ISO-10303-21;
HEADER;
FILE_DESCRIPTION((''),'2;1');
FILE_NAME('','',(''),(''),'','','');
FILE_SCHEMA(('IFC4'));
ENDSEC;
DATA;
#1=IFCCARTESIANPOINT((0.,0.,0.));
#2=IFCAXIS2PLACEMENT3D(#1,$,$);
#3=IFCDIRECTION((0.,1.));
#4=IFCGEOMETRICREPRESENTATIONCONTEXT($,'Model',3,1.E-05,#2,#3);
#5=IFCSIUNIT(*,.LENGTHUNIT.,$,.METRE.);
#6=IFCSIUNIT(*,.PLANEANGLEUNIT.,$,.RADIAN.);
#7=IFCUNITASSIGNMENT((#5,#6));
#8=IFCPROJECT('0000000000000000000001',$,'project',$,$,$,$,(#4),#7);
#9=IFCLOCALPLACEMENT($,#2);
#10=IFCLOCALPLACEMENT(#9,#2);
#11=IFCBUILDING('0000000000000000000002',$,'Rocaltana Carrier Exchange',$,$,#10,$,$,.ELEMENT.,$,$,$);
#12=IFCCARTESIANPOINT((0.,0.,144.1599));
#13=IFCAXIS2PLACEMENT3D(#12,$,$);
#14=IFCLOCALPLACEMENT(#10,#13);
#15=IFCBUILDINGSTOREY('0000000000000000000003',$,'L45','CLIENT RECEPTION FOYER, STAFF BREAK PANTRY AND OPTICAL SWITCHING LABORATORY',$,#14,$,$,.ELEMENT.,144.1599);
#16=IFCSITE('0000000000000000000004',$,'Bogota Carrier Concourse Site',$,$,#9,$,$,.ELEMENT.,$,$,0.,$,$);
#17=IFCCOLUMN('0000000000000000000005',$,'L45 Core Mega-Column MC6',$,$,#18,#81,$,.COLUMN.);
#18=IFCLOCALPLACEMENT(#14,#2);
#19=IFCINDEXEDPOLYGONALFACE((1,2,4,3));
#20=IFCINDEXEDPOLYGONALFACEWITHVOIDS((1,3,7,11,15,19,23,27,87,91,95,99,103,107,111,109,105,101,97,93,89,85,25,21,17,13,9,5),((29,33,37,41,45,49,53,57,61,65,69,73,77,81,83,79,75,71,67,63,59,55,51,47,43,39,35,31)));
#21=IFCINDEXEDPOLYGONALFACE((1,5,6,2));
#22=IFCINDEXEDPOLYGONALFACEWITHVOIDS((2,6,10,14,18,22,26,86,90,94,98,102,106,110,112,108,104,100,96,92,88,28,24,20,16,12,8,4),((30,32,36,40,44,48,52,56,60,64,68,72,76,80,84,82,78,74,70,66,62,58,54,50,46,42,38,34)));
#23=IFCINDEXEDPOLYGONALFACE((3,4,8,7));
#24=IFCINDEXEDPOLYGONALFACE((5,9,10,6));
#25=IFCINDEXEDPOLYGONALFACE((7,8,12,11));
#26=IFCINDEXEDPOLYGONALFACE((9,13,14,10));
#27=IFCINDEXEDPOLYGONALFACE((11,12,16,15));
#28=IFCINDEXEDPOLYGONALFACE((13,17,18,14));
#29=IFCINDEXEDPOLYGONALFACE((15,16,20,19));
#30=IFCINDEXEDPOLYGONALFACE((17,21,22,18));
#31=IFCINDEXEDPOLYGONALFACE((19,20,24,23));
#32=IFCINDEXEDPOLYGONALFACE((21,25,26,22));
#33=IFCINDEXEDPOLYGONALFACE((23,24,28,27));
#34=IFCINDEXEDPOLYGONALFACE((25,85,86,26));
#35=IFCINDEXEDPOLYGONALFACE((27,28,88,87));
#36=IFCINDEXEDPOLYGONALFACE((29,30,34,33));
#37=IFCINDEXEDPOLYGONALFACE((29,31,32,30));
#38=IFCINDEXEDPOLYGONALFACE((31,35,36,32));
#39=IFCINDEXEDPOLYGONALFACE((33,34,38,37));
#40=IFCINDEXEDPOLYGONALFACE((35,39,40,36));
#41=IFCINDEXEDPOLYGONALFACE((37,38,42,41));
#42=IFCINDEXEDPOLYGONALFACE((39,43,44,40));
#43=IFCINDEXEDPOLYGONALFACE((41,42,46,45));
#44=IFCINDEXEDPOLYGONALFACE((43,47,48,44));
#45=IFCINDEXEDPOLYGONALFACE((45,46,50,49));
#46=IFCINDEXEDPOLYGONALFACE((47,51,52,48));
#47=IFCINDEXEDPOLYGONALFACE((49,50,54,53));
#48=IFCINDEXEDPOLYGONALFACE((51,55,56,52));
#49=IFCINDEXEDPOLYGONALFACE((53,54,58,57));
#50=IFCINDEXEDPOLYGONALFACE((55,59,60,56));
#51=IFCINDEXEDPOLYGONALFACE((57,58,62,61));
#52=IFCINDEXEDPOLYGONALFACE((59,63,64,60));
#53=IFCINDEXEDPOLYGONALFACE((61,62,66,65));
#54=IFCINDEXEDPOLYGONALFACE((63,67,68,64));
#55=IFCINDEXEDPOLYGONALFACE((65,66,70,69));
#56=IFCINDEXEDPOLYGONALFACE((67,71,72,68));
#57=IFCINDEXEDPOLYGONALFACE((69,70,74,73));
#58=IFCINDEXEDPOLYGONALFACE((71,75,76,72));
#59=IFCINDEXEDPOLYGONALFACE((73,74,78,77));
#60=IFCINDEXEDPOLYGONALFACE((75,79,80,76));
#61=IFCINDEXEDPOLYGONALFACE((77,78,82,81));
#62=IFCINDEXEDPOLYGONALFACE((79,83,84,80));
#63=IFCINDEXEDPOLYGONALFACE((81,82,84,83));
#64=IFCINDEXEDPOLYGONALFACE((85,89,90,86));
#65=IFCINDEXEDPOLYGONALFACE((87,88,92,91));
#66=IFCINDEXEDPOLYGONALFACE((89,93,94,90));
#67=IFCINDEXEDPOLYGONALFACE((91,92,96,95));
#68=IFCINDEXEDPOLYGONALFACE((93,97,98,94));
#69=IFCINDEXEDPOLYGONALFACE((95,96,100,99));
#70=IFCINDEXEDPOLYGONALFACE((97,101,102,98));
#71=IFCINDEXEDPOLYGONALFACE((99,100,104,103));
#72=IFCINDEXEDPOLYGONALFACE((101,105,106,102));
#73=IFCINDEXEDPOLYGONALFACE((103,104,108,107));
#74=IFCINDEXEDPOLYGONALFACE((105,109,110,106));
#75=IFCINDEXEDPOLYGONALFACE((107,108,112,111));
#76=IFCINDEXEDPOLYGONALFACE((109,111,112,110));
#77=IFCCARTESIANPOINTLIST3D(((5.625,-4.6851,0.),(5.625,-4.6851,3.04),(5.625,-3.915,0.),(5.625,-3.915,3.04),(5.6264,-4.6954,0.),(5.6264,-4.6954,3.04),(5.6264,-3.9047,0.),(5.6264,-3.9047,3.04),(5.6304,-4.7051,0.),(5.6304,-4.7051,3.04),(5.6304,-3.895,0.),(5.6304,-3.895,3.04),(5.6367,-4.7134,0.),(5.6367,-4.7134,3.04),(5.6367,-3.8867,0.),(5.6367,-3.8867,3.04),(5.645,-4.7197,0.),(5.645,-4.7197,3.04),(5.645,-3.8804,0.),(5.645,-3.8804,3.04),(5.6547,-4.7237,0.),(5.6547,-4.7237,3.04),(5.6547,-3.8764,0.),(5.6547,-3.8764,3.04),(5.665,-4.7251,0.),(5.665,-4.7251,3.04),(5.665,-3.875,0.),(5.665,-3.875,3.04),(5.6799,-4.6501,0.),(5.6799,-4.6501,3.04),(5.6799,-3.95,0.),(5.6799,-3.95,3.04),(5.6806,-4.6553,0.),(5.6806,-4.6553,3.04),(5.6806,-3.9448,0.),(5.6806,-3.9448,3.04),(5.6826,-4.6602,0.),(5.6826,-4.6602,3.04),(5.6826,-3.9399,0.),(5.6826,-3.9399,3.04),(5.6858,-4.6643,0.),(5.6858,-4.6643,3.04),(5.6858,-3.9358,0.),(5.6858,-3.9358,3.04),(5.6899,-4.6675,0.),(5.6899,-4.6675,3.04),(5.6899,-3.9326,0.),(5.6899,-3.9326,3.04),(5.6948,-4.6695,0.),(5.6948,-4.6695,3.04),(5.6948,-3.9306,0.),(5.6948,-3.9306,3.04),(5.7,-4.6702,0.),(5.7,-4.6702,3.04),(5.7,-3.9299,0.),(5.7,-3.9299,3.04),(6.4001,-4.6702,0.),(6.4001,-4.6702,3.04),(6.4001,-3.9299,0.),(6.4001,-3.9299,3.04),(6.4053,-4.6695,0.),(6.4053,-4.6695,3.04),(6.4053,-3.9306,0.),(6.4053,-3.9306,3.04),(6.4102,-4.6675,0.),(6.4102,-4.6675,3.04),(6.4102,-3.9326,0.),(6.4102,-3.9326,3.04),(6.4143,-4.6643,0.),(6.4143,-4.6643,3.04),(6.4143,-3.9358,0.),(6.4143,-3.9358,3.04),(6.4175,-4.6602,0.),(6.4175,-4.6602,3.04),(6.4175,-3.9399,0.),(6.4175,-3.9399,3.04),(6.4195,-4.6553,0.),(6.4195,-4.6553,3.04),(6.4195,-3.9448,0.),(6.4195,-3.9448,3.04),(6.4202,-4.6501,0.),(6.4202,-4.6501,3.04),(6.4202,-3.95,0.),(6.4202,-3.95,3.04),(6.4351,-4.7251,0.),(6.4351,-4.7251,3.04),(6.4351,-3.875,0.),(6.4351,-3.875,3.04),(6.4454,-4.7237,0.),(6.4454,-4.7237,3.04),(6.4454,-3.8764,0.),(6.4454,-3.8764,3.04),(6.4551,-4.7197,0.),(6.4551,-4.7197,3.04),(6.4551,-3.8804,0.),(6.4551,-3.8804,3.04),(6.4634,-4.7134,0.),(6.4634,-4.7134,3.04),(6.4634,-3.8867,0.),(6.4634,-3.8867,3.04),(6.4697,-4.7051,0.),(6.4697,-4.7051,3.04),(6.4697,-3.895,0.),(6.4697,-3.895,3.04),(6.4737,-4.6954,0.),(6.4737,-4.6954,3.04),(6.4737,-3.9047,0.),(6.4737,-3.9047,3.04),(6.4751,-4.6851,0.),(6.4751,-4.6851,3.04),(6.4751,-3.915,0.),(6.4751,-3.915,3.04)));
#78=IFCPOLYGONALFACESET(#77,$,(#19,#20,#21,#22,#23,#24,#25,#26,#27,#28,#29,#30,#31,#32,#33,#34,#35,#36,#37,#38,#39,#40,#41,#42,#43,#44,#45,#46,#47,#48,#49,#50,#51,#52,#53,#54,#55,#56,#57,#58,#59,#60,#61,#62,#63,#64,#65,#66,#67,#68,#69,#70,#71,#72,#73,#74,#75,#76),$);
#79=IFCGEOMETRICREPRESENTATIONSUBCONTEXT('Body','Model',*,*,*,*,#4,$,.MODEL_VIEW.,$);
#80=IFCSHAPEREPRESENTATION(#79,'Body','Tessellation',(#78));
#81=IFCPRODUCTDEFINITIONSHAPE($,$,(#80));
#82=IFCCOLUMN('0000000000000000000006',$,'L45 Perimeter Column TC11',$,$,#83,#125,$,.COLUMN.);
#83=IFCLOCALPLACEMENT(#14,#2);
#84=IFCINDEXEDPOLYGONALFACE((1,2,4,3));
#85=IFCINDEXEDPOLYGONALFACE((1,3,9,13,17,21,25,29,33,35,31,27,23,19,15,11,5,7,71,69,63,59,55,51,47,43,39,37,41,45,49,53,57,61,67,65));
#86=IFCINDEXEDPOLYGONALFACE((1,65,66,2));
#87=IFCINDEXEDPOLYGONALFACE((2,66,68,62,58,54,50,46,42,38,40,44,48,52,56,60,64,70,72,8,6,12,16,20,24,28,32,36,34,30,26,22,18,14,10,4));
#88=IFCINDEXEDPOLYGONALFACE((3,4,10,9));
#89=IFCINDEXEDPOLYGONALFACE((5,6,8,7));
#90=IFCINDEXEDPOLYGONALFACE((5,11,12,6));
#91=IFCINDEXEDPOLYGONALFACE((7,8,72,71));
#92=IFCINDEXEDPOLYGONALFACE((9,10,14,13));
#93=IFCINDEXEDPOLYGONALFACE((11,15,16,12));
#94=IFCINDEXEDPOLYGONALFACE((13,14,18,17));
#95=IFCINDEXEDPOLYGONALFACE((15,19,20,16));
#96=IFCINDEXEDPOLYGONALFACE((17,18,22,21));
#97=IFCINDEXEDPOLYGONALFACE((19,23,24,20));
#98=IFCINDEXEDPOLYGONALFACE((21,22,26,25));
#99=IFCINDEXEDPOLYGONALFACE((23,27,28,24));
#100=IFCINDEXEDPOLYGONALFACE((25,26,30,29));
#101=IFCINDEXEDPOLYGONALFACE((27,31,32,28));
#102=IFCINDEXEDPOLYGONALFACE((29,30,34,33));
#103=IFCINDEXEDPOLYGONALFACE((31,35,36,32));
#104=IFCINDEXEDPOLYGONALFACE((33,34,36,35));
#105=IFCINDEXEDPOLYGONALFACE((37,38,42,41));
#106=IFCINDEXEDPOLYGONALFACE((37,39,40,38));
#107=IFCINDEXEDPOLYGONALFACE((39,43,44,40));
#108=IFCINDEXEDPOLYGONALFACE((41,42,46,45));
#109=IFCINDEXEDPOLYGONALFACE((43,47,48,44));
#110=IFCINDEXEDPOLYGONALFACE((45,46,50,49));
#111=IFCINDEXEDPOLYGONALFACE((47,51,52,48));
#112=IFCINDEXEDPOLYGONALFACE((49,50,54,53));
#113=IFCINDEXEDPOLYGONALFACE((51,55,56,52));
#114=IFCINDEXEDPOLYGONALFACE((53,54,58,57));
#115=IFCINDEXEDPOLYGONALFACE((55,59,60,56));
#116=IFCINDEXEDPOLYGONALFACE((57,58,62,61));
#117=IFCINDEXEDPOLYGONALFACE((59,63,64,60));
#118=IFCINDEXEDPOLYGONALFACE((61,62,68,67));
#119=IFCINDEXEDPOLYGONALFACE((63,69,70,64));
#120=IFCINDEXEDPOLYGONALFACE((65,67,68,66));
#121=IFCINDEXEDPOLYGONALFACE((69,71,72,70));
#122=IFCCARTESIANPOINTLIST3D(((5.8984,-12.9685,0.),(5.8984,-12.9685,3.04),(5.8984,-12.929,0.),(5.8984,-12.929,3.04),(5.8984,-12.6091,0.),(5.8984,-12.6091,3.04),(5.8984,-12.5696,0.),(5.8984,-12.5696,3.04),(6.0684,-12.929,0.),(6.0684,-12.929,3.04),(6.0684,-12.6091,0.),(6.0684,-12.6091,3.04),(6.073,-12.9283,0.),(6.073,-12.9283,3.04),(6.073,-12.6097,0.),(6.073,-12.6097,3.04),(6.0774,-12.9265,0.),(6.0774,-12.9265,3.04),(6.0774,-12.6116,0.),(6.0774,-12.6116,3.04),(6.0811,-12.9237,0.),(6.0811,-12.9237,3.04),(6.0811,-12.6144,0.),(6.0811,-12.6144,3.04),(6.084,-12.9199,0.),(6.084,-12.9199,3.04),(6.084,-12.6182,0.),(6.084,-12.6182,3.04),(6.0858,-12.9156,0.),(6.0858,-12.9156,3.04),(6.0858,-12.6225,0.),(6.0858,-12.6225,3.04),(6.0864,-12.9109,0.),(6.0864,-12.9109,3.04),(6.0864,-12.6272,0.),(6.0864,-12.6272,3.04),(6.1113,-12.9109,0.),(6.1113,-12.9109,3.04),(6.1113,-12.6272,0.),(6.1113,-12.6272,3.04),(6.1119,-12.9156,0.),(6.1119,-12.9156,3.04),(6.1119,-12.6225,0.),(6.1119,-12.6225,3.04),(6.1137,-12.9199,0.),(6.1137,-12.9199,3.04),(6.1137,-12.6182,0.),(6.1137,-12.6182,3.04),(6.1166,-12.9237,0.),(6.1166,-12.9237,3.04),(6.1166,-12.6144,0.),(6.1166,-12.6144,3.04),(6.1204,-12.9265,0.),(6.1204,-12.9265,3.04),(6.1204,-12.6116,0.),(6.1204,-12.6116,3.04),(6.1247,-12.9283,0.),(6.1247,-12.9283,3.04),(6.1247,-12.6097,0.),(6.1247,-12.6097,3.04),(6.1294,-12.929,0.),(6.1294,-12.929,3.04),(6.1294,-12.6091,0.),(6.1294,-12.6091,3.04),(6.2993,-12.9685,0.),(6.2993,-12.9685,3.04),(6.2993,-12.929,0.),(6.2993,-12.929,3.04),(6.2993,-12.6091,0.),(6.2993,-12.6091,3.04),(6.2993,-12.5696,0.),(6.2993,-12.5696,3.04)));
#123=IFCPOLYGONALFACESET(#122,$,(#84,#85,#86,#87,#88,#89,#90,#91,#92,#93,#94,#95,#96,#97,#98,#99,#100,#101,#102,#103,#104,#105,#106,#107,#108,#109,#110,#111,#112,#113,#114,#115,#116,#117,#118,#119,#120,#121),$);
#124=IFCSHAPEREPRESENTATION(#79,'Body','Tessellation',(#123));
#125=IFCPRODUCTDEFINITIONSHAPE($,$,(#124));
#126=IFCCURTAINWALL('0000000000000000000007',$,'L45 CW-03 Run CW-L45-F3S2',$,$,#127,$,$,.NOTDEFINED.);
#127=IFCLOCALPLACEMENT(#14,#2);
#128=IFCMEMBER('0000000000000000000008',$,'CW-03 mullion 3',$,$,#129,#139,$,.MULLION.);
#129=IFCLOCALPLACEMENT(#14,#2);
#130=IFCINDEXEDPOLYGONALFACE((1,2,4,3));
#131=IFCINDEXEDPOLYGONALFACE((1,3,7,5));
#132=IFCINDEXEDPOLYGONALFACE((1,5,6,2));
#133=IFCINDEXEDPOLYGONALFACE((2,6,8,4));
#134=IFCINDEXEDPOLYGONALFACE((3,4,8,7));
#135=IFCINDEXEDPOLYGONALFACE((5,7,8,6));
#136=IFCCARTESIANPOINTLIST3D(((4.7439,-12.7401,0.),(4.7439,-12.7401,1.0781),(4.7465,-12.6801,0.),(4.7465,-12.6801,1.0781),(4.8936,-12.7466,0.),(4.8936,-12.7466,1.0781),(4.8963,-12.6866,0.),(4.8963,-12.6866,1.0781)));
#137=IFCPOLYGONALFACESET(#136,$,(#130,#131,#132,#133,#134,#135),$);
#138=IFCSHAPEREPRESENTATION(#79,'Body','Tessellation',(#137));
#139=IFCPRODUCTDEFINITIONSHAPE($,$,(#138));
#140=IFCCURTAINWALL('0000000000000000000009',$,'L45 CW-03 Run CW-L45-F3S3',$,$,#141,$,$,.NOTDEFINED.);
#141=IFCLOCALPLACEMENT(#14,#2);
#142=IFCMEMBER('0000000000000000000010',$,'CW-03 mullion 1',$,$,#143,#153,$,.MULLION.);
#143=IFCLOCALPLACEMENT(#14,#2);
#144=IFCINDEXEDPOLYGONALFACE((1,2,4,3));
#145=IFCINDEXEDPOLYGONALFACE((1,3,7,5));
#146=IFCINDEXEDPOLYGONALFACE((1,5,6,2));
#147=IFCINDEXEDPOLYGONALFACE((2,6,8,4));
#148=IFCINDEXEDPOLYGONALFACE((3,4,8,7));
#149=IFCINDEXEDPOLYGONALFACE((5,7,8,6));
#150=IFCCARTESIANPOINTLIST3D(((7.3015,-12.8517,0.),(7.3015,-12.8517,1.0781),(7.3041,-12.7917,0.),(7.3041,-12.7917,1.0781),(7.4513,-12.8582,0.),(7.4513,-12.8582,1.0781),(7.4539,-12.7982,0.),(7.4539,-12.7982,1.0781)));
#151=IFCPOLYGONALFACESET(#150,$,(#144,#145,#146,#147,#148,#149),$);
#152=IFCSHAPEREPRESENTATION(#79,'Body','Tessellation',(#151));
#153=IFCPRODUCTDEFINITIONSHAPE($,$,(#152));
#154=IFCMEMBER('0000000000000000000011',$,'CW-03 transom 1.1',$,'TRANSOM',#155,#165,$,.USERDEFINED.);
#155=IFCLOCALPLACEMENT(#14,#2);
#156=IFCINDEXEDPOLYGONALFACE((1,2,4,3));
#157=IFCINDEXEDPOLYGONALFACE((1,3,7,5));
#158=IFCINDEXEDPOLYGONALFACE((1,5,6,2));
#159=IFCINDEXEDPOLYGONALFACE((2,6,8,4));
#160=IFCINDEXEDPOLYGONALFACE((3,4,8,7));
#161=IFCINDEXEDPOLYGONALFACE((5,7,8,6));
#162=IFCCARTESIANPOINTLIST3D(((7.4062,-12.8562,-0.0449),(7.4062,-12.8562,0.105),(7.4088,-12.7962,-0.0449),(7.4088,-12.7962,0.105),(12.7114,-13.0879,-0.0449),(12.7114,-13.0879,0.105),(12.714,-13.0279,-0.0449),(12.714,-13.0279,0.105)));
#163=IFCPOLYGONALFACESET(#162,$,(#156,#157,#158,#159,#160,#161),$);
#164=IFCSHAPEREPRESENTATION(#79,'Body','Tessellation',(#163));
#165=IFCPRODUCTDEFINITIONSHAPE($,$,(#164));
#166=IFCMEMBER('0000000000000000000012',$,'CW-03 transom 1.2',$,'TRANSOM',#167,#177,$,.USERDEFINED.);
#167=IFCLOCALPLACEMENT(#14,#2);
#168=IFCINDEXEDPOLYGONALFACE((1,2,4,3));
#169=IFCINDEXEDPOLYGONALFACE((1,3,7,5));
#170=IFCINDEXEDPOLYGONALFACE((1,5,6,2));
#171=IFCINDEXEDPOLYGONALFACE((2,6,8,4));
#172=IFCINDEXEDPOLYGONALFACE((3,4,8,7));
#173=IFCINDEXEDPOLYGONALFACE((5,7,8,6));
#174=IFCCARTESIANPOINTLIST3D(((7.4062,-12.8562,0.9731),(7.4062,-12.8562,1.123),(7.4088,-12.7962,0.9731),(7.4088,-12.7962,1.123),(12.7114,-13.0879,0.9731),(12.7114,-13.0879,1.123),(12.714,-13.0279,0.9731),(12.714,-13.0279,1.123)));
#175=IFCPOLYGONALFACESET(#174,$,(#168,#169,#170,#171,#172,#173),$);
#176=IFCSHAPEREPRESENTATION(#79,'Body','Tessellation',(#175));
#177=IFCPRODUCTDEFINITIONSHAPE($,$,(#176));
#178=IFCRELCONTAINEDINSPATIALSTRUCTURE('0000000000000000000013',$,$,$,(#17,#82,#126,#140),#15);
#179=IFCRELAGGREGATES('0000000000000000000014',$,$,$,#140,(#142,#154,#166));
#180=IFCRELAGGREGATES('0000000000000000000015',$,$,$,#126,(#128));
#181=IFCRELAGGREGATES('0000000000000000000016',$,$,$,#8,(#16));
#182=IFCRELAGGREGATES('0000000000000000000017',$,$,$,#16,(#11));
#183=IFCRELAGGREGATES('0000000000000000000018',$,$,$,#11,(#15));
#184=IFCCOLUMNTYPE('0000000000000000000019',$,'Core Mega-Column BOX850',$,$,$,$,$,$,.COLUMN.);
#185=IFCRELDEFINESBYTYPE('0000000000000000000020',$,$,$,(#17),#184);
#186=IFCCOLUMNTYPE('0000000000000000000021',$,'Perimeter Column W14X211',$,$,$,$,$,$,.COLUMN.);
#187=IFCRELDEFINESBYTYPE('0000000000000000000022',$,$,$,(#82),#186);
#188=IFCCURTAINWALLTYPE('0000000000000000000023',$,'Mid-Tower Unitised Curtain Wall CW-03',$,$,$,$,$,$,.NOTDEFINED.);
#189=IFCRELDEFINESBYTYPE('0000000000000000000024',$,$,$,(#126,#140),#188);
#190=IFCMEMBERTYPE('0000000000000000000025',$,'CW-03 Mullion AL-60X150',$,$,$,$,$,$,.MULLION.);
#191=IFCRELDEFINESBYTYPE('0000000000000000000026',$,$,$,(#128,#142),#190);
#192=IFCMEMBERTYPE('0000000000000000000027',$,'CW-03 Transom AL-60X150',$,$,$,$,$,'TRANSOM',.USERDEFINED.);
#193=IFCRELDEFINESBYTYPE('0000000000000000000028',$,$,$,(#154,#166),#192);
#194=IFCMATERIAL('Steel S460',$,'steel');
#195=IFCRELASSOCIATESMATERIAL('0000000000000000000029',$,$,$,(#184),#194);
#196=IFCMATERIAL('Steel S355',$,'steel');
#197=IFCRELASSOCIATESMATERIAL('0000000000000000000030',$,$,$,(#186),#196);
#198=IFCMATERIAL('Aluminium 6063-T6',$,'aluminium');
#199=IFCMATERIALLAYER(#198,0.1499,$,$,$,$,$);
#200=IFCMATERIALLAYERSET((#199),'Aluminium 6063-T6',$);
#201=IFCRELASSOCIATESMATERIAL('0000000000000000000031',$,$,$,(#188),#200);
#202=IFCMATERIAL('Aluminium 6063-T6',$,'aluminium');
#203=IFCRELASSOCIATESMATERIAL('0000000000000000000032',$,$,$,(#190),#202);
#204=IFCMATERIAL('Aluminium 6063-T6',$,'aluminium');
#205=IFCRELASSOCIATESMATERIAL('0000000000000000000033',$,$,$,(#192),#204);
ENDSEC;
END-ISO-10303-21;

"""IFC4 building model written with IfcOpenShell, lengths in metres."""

from ifc_helpers import new_model, si_unit, direction, frame, origin, origin_2d, place, context, subcontext, project, spatial, rectangle, hollow_rectangle, i_section, extrude, material, layer, layer_set, material_profile, profile_set, type_object, element, aggregate, save


model = new_model("IFC4")

# Units and contexts
model_context = context("Model", 3, precision=1e-05, world=origin(), true_north=direction((0.0, 1.0)))
body_context = subcontext(model_context, "Body", "Model", "MODEL_VIEW")
ifc_project = project(units=[si_unit("LENGTHUNIT", "METRE"), si_unit("PLANEANGLEUNIT", "RADIAN")], contexts=[model_context])

# Site, building, storey
site_placement = place(None, origin())
site = spatial("IfcSite", under=ifc_project, at=site_placement, Name="Bogota Carrier Concourse Site", CompositionType="ELEMENT", RefElevation=0.0)
building_placement = place(site_placement, origin())
building = spatial("IfcBuilding", under=site, at=building_placement, Name="Rocaltana Carrier Exchange", CompositionType="ELEMENT")
storey_placement = place(building_placement, frame((0.0, 0.0, 144.1599)))
storey = spatial("IfcBuildingStorey", under=building, at=storey_placement, Name="L45", Description="CLIENT RECEPTION FOYER, STAFF BREAK PANTRY AND OPTICAL SWITCHING LABORATORY", CompositionType="ELEMENT", Elevation=144.1599)

# Columns
ifc_material_1 = material(Name="Steel S460", Category="steel")
ifc_material_profile_1 = material_profile(ifc_material_1, hollow_rectangle(XDim=0.8501, YDim=0.8501, WallThickness=0.0549, InnerFilletRadius=0.02, OuterFilletRadius=0.04, at=origin_2d()), Name="BOX850X850X55")
ifc_profile_set_1 = profile_set([ifc_material_profile_1], Name="Steel S460")
column_type_1 = type_object("IfcColumnType", Name="Core Mega-Column BOX850", PredefinedType="COLUMN", material=ifc_profile_set_1)
column_1_placement = place(storey_placement, frame((6.05, -4.3, 0.0), z_axis=(0.0, 0.0, 1.0), x_axis=(1.0, 0.0, 0.0)))
element("IfcColumn", 1, at=column_1_placement, inside=storey, type_object=column_type_1, Name="L45 Core Mega-Column MC6", PredefinedType="COLUMN", context=body_context, shape_type="SweptSolid", body=[
    extrude(hollow_rectangle(XDim=0.8501, YDim=0.8501, WallThickness=0.0549, InnerFilletRadius=0.02, OuterFilletRadius=0.04, at=origin_2d()), origin(), (0.0, 0.0, 1.0), 3.04),
])
ifc_material_2 = material(Name="Steel S355", Category="steel")
ifc_material_profile_2 = material_profile(ifc_material_2, i_section(OverallWidth=0.4009, OverallDepth=0.3989, WebThickness=0.0249, FlangeThickness=0.0396, FilletRadius=0.0181, at=origin_2d()), Name="W14X211")
ifc_profile_set_2 = profile_set([ifc_material_profile_2], Name="Steel S355")
column_type_2 = type_object("IfcColumnType", Name="Perimeter Column W14X211", PredefinedType="COLUMN", material=ifc_profile_set_2)
column_2_placement = place(storey_placement, frame((6.0989, -12.769, 0.0), z_axis=(0.0, 0.0, 1.0), x_axis=(1.0, 0.0, 0.0)))
element("IfcColumn", 2, at=column_2_placement, inside=storey, type_object=column_type_2, Name="L45 Perimeter Column TC11", PredefinedType="COLUMN", context=body_context, shape_type="SweptSolid", body=[
    extrude(i_section(OverallWidth=0.4009, OverallDepth=0.3989, WebThickness=0.0249, FlangeThickness=0.0396, FilletRadius=0.0181, at=origin_2d()), origin(), (0.0, 0.0, 1.0), 3.04),
])

# Curtain wall, member
ifc_material_3 = material(Name="Aluminium 6063-T6", Category="aluminium")
ifc_layer_1 = layer(ifc_material_3, 0.1499)
ifc_layer_set_1 = layer_set([ifc_layer_1], Name="Aluminium 6063-T6")
curtain_wall_type = type_object("IfcCurtainWallType", Name="Mid-Tower Unitised Curtain Wall CW-03", PredefinedType="NOTDEFINED", material=ifc_layer_set_1)
curtain_wall_1_placement = place(storey_placement, origin())
curtain_wall_1 = element("IfcCurtainWall", 3, at=curtain_wall_1_placement, inside=storey, type_object=curtain_wall_type, Name="L45 CW-03 Run CW-L45-F3S2", PredefinedType="NOTDEFINED")
ifc_material_4 = material(Name="Aluminium 6063-T6", Category="aluminium")
ifc_material_profile_3 = material_profile(ifc_material_4, rectangle(XDim=0.0601, YDim=0.1499, at=origin_2d()), Name="AL-60X150")
ifc_profile_set_3 = profile_set([ifc_material_profile_3], Name="Aluminium 6063-T6")
member_type_1 = type_object("IfcMemberType", Name="CW-03 Mullion AL-60X150", PredefinedType="MULLION", material=ifc_profile_set_3)
member_1_placement = place(storey_placement, frame((4.8201, -12.7134, 0.0), z_axis=(0.0, 0.0, 1.0), x_axis=(0.04362, 0.999048, 0.0)))
member_1 = element("IfcMember", 4, at=member_1_placement, type_object=member_type_1, Name="CW-03 mullion 3", PredefinedType="MULLION", context=body_context, shape_type="SweptSolid", body=[
    extrude(rectangle(XDim=0.0601, YDim=0.1499, at=origin_2d()), origin(), (0.0, 0.0, 1.0), 1.0781),
])

# Curtain wall, members
curtain_wall_2_placement = place(storey_placement, origin())
curtain_wall_2 = element("IfcCurtainWall", 5, at=curtain_wall_2_placement, inside=storey, type_object=curtain_wall_type, Name="L45 CW-03 Run CW-L45-F3S3", PredefinedType="NOTDEFINED")
member_2_placement = place(storey_placement, frame((7.3777, -12.825, 0.0), z_axis=(0.0, 0.0, 1.0), x_axis=(0.043629, 0.999048, 0.0)))
member_2 = element("IfcMember", 6, at=member_2_placement, type_object=member_type_1, Name="CW-03 mullion 1", PredefinedType="MULLION", context=body_context, shape_type="SweptSolid", body=[
    extrude(rectangle(XDim=0.0601, YDim=0.1499, at=origin_2d()), origin(), (0.0, 0.0, 1.0), 1.0781),
])
ifc_material_5 = material(Name="Aluminium 6063-T6", Category="aluminium")
ifc_material_profile_4 = material_profile(ifc_material_5, rectangle(XDim=0.0601, YDim=0.1499, at=origin_2d()), Name="AL-60X150")
ifc_profile_set_4 = profile_set([ifc_material_profile_4], Name="Aluminium 6063-T6")
member_type_2 = type_object("IfcMemberType", Name="CW-03 Transom AL-60X150", ElementType="TRANSOM", PredefinedType="USERDEFINED", material=ifc_profile_set_4)
member_3_placement = place(storey_placement, frame((7.4075, -12.8262, 0.03), z_axis=(0.999048, -0.043631, 0.0), x_axis=(0.043631, 0.999048, 0.0)))
member_3 = element("IfcMember", 7, at=member_3_placement, type_object=member_type_2, Name="CW-03 transom 1.1", ObjectType="TRANSOM", PredefinedType="USERDEFINED", context=body_context, shape_type="SweptSolid", body=[
    extrude(rectangle(XDim=0.0601, YDim=0.1499, at=origin_2d()), origin(), (0.0, 0.0, 1.0), 5.3103),
])
member_4_placement = place(storey_placement, frame((7.4075, -12.8262, 1.0481), z_axis=(0.999048, -0.043631, 0.0), x_axis=(0.043631, 0.999048, 0.0)))
member_4 = element("IfcMember", 8, at=member_4_placement, type_object=member_type_2, Name="CW-03 transom 1.2", ObjectType="TRANSOM", PredefinedType="USERDEFINED", context=body_context, shape_type="SweptSolid", body=[
    extrude(rectangle(XDim=0.0601, YDim=0.1499, at=origin_2d()), origin(), (0.0, 0.0, 1.0), 5.3103),
])
aggregate(curtain_wall_2, [member_2, member_3, member_4])

aggregate(curtain_wall_1, [member_1])

save(model, "model.ifc")
